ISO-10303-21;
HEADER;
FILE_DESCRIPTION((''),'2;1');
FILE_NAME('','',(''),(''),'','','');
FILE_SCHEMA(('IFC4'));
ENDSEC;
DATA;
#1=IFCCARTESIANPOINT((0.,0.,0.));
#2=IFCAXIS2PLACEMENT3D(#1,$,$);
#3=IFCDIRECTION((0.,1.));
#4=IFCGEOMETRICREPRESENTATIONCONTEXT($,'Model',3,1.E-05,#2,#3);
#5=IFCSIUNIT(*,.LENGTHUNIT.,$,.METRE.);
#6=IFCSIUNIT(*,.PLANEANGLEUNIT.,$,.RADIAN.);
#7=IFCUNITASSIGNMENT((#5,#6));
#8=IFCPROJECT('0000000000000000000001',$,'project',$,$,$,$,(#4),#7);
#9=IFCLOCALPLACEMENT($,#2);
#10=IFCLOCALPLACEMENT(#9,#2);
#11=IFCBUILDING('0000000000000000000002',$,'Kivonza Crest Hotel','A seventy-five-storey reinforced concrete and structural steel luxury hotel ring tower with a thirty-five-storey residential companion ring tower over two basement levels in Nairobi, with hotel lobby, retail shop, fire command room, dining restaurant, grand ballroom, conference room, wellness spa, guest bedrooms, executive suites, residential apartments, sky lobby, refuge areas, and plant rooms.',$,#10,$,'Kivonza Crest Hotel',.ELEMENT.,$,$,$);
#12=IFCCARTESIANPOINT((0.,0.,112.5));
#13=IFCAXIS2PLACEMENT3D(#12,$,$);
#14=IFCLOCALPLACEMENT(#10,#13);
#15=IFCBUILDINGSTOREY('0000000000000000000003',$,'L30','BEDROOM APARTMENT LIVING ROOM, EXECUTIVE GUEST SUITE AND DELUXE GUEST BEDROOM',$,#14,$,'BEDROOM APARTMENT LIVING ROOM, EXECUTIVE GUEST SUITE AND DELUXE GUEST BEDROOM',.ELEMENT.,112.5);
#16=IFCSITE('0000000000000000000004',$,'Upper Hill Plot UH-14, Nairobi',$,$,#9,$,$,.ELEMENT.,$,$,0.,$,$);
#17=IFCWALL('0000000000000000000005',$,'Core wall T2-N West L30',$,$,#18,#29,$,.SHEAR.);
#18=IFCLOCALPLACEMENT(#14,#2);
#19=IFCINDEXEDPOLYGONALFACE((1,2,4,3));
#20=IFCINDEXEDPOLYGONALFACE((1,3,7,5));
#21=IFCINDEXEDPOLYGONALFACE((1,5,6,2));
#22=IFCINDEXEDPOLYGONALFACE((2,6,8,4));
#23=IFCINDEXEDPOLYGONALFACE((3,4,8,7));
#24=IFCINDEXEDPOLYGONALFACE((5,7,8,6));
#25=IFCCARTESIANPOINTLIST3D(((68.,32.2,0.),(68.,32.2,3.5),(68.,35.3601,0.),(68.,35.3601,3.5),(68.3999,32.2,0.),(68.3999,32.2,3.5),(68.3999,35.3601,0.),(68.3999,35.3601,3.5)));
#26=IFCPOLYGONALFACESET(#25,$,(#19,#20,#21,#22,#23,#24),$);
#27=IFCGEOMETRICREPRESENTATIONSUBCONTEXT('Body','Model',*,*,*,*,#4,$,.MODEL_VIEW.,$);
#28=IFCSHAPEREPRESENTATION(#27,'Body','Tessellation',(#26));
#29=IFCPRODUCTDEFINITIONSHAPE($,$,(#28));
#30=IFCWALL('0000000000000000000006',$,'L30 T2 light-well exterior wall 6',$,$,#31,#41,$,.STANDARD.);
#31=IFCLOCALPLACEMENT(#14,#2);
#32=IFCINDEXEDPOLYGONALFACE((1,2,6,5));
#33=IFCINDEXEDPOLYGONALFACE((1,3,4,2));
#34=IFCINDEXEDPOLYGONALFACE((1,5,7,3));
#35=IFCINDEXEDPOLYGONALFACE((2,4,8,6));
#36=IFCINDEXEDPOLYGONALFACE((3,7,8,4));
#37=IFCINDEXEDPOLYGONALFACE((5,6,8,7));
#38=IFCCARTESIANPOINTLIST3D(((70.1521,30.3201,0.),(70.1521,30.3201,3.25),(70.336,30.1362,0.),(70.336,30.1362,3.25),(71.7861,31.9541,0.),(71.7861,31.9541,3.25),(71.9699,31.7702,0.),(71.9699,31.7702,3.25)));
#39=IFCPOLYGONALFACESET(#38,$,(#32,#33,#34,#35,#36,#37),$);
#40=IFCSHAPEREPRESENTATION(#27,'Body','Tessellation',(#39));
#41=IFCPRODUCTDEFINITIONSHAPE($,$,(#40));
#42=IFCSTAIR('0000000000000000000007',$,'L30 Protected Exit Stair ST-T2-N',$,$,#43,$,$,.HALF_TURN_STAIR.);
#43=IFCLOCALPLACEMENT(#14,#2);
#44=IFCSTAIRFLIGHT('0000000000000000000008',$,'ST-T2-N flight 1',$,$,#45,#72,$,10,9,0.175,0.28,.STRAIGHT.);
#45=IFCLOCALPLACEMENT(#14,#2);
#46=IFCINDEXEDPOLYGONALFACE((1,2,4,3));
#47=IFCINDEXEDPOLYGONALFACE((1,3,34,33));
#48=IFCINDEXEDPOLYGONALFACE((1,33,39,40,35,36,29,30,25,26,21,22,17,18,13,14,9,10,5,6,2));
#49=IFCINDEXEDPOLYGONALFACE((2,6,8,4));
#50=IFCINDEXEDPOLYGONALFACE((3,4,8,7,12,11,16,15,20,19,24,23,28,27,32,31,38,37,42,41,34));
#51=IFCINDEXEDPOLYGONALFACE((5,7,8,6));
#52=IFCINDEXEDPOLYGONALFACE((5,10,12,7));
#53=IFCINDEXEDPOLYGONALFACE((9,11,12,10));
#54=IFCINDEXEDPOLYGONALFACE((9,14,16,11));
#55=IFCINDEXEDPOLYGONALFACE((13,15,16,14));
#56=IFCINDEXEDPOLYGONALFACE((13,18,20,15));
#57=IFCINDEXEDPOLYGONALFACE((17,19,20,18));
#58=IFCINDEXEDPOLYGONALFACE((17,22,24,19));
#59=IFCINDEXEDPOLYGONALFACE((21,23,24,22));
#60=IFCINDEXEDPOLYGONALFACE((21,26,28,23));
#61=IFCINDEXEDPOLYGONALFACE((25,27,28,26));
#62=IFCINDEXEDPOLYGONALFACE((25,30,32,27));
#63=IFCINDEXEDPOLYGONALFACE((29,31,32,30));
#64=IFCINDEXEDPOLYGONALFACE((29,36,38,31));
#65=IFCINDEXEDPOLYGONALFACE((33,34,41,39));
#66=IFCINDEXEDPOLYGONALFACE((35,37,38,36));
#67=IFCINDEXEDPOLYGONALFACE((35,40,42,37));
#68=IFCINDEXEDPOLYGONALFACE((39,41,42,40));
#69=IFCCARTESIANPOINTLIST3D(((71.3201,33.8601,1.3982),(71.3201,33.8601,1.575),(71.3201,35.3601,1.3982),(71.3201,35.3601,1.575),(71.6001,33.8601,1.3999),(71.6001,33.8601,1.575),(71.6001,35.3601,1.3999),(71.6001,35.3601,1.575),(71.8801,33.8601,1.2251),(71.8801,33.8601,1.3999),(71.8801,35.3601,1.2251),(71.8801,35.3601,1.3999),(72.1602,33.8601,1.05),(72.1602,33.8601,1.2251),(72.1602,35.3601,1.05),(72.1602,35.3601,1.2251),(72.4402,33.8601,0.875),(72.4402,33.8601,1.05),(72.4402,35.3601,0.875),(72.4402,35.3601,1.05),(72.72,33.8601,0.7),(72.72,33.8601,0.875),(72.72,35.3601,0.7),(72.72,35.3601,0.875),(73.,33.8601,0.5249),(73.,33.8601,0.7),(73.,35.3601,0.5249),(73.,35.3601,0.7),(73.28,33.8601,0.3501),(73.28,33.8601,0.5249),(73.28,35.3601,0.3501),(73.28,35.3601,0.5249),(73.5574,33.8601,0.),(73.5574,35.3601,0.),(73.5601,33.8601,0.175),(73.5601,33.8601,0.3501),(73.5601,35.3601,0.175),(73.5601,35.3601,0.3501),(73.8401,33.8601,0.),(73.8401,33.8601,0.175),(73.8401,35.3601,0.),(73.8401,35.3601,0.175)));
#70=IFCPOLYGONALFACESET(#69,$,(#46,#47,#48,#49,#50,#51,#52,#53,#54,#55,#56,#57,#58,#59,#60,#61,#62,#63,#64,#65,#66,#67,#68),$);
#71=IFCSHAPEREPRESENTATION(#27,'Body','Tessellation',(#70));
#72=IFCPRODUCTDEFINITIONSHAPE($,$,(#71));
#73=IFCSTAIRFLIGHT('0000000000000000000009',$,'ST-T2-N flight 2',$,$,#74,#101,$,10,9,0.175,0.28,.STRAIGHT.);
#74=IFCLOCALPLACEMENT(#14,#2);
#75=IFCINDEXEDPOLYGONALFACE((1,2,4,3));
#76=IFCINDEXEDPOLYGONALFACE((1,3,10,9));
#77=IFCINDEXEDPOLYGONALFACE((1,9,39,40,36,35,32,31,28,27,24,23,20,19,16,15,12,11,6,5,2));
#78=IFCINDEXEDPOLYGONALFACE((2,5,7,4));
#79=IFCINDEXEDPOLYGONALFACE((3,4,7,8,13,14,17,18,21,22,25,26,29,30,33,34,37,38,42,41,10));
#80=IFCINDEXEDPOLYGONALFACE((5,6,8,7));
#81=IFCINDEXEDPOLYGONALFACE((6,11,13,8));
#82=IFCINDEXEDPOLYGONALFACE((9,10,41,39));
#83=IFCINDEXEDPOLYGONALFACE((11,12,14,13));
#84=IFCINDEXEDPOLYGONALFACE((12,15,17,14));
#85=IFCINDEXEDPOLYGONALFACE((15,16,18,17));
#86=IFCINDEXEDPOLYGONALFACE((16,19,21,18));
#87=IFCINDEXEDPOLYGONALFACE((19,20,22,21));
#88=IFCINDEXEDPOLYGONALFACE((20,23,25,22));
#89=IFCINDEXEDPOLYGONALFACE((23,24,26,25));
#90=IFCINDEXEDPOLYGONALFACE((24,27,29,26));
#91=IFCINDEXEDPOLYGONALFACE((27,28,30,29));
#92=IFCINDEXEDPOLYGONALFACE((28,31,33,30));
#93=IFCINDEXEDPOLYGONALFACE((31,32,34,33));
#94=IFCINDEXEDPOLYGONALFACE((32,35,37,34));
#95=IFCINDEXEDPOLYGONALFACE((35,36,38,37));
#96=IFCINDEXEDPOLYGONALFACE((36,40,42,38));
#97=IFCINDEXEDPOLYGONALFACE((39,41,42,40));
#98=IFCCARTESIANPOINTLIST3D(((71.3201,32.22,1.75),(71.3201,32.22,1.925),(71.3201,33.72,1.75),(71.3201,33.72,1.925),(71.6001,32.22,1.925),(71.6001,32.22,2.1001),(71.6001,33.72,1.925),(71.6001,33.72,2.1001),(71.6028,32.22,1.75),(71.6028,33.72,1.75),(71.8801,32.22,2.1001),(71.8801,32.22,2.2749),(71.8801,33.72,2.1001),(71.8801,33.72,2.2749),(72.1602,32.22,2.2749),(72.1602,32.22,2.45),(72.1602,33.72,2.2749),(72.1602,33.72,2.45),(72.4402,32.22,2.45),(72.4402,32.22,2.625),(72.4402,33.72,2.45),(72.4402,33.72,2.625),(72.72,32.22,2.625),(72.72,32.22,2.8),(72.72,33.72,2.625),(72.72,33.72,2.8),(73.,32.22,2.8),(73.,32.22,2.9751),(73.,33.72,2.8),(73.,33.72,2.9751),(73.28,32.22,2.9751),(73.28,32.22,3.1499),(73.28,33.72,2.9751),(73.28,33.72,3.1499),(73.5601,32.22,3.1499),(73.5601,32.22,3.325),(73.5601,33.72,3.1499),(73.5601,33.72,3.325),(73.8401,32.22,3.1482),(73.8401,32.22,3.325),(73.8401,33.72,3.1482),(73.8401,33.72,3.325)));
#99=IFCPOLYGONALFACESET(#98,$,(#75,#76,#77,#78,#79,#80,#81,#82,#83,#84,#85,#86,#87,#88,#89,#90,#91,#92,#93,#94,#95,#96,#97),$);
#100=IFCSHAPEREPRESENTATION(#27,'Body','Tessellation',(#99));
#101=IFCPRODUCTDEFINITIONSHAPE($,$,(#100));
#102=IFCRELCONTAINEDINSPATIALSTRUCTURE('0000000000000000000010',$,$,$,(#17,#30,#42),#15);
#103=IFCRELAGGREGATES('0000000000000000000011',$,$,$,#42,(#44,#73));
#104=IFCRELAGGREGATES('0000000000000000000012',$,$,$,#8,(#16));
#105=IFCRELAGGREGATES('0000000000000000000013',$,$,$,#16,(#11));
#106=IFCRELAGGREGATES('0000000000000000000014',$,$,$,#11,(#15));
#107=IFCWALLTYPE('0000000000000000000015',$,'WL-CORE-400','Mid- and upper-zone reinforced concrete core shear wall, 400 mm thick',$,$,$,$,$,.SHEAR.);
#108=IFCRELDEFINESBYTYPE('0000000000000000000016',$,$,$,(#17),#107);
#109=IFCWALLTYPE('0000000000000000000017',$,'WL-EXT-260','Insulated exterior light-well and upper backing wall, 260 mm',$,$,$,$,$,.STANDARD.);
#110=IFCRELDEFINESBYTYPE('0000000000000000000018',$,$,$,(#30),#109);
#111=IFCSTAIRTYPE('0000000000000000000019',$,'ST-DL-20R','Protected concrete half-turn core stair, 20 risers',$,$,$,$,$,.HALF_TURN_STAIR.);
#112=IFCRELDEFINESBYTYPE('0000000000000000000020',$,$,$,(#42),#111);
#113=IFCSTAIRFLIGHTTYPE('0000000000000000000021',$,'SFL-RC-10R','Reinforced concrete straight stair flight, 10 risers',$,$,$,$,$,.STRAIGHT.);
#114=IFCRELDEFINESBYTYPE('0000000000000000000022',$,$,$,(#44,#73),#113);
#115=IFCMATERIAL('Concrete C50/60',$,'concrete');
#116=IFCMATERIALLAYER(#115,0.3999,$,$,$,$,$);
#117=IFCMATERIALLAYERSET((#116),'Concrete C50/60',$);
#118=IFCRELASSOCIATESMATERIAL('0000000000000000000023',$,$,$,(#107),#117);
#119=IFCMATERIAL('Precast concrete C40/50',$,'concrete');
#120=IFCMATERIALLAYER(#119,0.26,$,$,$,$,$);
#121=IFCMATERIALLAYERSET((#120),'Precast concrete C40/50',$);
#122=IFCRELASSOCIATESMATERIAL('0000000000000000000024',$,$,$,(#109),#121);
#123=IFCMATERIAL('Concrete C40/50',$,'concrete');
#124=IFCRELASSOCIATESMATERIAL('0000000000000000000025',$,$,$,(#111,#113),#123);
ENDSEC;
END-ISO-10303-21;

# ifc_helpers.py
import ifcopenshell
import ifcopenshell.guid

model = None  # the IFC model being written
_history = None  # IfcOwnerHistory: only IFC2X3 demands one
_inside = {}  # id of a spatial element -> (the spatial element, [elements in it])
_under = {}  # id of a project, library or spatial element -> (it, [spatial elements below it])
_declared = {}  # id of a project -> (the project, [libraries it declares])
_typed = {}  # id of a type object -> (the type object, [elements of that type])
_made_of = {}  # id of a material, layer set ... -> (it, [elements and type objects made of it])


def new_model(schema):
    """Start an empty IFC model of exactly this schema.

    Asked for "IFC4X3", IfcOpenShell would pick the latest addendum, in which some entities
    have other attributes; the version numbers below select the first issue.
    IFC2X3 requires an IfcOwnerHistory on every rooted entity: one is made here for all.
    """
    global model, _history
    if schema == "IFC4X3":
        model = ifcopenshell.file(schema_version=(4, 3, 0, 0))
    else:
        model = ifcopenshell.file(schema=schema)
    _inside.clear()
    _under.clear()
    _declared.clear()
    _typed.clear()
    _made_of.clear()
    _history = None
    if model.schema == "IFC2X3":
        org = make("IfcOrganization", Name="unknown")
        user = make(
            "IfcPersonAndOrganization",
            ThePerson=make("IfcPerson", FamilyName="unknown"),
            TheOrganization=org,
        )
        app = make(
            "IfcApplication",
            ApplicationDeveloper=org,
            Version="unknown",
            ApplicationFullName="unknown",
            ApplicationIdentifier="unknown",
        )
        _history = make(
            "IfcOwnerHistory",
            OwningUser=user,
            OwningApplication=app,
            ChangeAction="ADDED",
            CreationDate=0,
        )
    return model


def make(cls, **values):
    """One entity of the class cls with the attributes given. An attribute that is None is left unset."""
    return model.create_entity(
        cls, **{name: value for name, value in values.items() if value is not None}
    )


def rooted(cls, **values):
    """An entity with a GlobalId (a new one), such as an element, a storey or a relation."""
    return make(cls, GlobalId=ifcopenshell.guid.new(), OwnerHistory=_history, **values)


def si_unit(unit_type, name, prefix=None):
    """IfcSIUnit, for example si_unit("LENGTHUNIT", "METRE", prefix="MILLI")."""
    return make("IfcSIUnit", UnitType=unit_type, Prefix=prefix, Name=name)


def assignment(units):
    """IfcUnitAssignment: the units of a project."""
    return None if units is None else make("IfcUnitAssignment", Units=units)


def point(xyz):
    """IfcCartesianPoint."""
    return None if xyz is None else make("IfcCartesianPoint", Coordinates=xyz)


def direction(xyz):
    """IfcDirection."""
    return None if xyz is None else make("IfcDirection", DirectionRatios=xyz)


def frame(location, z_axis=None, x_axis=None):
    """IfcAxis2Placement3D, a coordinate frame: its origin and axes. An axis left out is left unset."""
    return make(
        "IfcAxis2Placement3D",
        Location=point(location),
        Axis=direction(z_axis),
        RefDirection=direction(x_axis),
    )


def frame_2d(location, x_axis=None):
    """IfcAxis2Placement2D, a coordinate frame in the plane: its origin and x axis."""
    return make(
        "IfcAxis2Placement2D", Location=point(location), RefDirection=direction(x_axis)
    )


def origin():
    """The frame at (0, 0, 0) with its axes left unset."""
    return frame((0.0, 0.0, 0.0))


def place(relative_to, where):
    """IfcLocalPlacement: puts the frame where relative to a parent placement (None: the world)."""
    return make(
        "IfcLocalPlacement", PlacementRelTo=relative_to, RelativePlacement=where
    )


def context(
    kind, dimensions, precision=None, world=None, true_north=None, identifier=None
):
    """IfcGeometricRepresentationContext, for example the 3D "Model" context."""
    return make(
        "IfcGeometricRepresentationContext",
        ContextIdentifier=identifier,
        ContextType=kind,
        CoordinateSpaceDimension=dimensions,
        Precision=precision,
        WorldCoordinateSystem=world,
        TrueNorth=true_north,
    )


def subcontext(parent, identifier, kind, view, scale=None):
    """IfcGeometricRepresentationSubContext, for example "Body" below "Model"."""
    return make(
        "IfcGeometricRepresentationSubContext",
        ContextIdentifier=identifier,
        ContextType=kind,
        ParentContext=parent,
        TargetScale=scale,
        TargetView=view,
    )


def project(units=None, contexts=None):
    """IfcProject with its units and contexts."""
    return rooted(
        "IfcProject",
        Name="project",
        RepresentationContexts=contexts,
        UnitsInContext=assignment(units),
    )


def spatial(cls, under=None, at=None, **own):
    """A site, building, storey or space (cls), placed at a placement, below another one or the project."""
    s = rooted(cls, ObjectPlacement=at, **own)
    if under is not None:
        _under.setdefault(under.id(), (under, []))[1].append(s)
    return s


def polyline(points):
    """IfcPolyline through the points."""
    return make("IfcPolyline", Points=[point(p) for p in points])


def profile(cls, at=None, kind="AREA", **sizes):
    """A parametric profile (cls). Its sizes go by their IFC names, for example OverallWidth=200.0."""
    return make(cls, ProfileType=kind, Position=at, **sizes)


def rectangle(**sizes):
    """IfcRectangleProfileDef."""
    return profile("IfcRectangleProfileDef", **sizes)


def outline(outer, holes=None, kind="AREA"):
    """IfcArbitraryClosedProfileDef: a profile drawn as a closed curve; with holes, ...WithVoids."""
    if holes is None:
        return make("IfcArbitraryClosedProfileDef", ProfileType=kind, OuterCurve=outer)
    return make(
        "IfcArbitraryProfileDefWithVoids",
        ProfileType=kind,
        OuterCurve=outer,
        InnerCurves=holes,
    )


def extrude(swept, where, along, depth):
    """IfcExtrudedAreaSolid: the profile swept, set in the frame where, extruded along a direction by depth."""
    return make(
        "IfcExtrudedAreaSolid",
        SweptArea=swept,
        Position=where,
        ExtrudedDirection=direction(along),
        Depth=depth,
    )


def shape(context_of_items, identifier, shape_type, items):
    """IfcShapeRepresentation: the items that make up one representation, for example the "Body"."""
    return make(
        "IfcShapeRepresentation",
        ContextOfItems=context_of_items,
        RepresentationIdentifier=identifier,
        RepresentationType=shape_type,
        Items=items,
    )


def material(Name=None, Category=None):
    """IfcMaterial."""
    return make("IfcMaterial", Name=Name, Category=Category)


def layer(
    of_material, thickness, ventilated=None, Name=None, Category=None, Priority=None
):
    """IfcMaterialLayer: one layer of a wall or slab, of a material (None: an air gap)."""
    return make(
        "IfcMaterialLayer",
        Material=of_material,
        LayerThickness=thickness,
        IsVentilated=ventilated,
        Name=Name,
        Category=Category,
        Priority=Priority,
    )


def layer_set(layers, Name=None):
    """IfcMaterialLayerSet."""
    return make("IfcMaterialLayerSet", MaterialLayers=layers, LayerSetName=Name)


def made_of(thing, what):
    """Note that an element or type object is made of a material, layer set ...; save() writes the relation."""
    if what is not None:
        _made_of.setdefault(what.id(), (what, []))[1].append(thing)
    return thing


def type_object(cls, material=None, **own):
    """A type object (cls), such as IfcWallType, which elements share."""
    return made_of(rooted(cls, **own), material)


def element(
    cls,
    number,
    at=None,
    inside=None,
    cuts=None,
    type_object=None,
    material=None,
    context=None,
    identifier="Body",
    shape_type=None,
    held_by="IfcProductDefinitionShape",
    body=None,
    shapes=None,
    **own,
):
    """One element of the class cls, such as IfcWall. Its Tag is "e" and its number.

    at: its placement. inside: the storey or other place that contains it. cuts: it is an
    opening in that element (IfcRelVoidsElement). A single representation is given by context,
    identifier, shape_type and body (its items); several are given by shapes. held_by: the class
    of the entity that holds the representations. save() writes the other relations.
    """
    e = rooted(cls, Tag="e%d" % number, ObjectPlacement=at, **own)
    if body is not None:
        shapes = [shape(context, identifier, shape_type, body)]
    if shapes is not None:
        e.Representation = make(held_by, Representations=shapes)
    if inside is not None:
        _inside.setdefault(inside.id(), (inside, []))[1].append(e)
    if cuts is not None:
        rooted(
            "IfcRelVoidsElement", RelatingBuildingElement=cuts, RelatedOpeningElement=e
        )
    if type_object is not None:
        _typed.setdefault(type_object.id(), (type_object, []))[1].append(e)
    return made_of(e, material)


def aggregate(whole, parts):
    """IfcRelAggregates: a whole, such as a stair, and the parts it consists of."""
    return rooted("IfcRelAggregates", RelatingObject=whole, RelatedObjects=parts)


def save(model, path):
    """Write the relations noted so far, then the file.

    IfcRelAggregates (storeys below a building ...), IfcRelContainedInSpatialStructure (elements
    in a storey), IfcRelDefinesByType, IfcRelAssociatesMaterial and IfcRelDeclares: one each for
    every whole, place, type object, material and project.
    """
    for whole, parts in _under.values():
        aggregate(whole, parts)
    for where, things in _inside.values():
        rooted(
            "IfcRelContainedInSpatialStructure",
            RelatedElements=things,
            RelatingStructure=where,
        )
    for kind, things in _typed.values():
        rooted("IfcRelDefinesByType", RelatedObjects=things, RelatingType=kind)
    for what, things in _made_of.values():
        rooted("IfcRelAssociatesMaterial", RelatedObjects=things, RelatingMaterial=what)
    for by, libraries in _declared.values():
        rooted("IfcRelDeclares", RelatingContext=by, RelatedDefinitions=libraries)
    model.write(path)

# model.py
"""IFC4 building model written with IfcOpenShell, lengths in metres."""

from ifc_helpers import new_model, si_unit, direction, frame, frame_2d, origin, place, context, subcontext, project, spatial, polyline, rectangle, outline, extrude, material, layer, layer_set, type_object, element, aggregate, save


model = new_model("IFC4")

# Units and contexts
model_context = context("Model", 3, precision=1e-05, world=origin(), true_north=direction((0.0, 1.0)))
body_context = subcontext(model_context, "Body", "Model", "MODEL_VIEW")
ifc_project = project(units=[si_unit("LENGTHUNIT", "METRE"), si_unit("PLANEANGLEUNIT", "RADIAN")], contexts=[model_context])

# Site, building, storey
site_placement = place(None, origin())
site = spatial("IfcSite", under=ifc_project, at=site_placement, Name="Upper Hill Plot UH-14, Nairobi", CompositionType="ELEMENT", RefElevation=0.0)
building_placement = place(site_placement, origin())
building = spatial("IfcBuilding", under=site, at=building_placement, Name="Kivonza Crest Hotel", Description="A seventy-five-storey reinforced concrete and structural steel luxury hotel ring tower with a thirty-five-storey residential companion ring tower over two basement levels in Nairobi, with hotel lobby, retail shop, fire command room, dining restaurant, grand ballroom, conference room, wellness spa, guest bedrooms, executive suites, residential apartments, sky lobby, refuge areas, and plant rooms.", LongName="Kivonza Crest Hotel", CompositionType="ELEMENT")
storey_placement = place(building_placement, frame((0.0, 0.0, 112.5)))
storey = spatial("IfcBuildingStorey", under=building, at=storey_placement, Name="L30", Description="BEDROOM APARTMENT LIVING ROOM, EXECUTIVE GUEST SUITE AND DELUXE GUEST BEDROOM", LongName="BEDROOM APARTMENT LIVING ROOM, EXECUTIVE GUEST SUITE AND DELUXE GUEST BEDROOM", CompositionType="ELEMENT", Elevation=112.5)

# Shared definitions
ifc_material_1 = material(Name="Concrete C50/60", Category="concrete")

# Walls
ifc_layer_1 = layer(ifc_material_1, 0.3999)
ifc_layer_set_1 = layer_set([ifc_layer_1], Name="Concrete C50/60")
wall_type_1 = type_object("IfcWallType", Name="WL-CORE-400", Description="Mid- and upper-zone reinforced concrete core shear wall, 400 mm thick", PredefinedType="SHEAR", material=ifc_layer_set_1)
wall_1_placement = place(storey_placement, frame((68.2, 32.2, 0.0), z_axis=(0.0, 0.0, 1.0), x_axis=(0.0, 1.0, 0.0)))
element("IfcWall", 1, at=wall_1_placement, inside=storey, type_object=wall_type_1, Name="Core wall T2-N West L30", PredefinedType="SHEAR", context=body_context, shape_type="SweptSolid", body=[
    extrude(rectangle(XDim=3.1602, YDim=0.3999, at=frame_2d((1.5801, 0.0))), origin(), (0.0, 0.0, 1.0), 3.5),
])
ifc_material_2 = material(Name="Precast concrete C40/50", Category="concrete")
ifc_layer_2 = layer(ifc_material_2, 0.26)
ifc_layer_set_2 = layer_set([ifc_layer_2], Name="Precast concrete C40/50")
wall_type_2 = type_object("IfcWallType", Name="WL-EXT-260", Description="Insulated exterior light-well and upper backing wall, 260 mm", PredefinedType="STANDARD", material=ifc_layer_set_2)
wall_2_placement = place(storey_placement, frame((71.8779, 31.8621, 0.0), z_axis=(0.0, 0.0, 1.0), x_axis=(-0.707107, -0.707107, 0.0)))
element("IfcWall", 2, at=wall_2_placement, inside=storey, type_object=wall_type_2, Name="L30 T2 light-well exterior wall 6", PredefinedType="STANDARD", context=body_context, shape_type="SweptSolid", body=[
    extrude(rectangle(XDim=2.3108, YDim=0.26, at=frame_2d((1.1553, 0.0))), origin(), (0.0, 0.0, 1.0), 3.25),
])

# Stair, stair flights
ifc_material_3 = material(Name="Concrete C40/50", Category="concrete")
stair_type = type_object("IfcStairType", Name="ST-DL-20R", Description="Protected concrete half-turn core stair, 20 risers", PredefinedType="HALF_TURN_STAIR", material=ifc_material_3)
stair_placement = place(storey_placement, origin())
stair = element("IfcStair", 3, at=stair_placement, inside=storey, type_object=stair_type, Name="L30 Protected Exit Stair ST-T2-N", PredefinedType="HALF_TURN_STAIR")
stair_flight_type = type_object("IfcStairFlightType", Name="SFL-RC-10R", Description="Reinforced concrete straight stair flight, 10 risers", PredefinedType="STRAIGHT", material=ifc_material_3)
stair_flight_1_placement = place(storey_placement, frame((73.8401, 34.6101, 0.0), z_axis=(0.0, 0.0, 1.0), x_axis=(-1.0, 0.0, 0.0)))
stair_flight_1 = element("IfcStairFlight", 4, at=stair_flight_1_placement, type_object=stair_flight_type, Name="ST-T2-N flight 1", NumberOfRisers=10, NumberOfTreads=9, PredefinedType="STRAIGHT", RiserHeight=0.175, TreadLength=0.28, context=body_context, shape_type="SweptSolid", body=[
    extrude(outline(polyline([(0.0, 0.0), (0.0, 0.175), (0.28, 0.175), (0.28, 0.3501), (0.5601, 0.3501), (0.5601, 0.5249), (0.8401, 0.5249), (0.8401, 0.7), (1.1201, 0.7), (1.1201, 0.875), (1.3999, 0.875), (1.3999, 1.05), (1.6799, 1.05), (1.6799, 1.2251), (1.96, 1.2251), (1.96, 1.3999), (2.24, 1.3999), (2.24, 1.575), (2.52, 1.575), (2.52, 1.75), (2.52, 1.3982), (0.2827, 0.0), (0.0, 0.0)])), frame((0.0, 0.75, 0.0), z_axis=(0.0, -1.0, 0.0), x_axis=(1.0, 0.0, 0.0)), (0.0, 0.0, 1.0), 1.5),
])
stair_flight_2_placement = place(storey_placement, frame((71.3201, 32.97, 1.75), z_axis=(0.0, 0.0, 1.0), x_axis=(1.0, 0.0, 0.0)))
stair_flight_2 = element("IfcStairFlight", 5, at=stair_flight_2_placement, type_object=stair_flight_type, Name="ST-T2-N flight 2", NumberOfRisers=10, NumberOfTreads=9, PredefinedType="STRAIGHT", RiserHeight=0.175, TreadLength=0.28, context=body_context, shape_type="SweptSolid", body=[
    extrude(outline(polyline([(0.0, 0.0), (0.0, 0.175), (0.28, 0.175), (0.28, 0.3501), (0.5601, 0.3501), (0.5601, 0.5249), (0.8401, 0.5249), (0.8401, 0.7), (1.1201, 0.7), (1.1201, 0.875), (1.3999, 0.875), (1.3999, 1.05), (1.6799, 1.05), (1.6799, 1.2251), (1.96, 1.2251), (1.96, 1.3999), (2.24, 1.3999), (2.24, 1.575), (2.52, 1.575), (2.52, 1.75), (2.52, 1.3982), (0.2827, 0.0), (0.0, 0.0)])), frame((0.0, 0.75, 0.0), z_axis=(0.0, -1.0, 0.0), x_axis=(1.0, 0.0, 0.0)), (0.0, 0.0, 1.0), 1.5),
])
aggregate(stair, [stair_flight_1, stair_flight_2])

save(model, "model.ifc")
